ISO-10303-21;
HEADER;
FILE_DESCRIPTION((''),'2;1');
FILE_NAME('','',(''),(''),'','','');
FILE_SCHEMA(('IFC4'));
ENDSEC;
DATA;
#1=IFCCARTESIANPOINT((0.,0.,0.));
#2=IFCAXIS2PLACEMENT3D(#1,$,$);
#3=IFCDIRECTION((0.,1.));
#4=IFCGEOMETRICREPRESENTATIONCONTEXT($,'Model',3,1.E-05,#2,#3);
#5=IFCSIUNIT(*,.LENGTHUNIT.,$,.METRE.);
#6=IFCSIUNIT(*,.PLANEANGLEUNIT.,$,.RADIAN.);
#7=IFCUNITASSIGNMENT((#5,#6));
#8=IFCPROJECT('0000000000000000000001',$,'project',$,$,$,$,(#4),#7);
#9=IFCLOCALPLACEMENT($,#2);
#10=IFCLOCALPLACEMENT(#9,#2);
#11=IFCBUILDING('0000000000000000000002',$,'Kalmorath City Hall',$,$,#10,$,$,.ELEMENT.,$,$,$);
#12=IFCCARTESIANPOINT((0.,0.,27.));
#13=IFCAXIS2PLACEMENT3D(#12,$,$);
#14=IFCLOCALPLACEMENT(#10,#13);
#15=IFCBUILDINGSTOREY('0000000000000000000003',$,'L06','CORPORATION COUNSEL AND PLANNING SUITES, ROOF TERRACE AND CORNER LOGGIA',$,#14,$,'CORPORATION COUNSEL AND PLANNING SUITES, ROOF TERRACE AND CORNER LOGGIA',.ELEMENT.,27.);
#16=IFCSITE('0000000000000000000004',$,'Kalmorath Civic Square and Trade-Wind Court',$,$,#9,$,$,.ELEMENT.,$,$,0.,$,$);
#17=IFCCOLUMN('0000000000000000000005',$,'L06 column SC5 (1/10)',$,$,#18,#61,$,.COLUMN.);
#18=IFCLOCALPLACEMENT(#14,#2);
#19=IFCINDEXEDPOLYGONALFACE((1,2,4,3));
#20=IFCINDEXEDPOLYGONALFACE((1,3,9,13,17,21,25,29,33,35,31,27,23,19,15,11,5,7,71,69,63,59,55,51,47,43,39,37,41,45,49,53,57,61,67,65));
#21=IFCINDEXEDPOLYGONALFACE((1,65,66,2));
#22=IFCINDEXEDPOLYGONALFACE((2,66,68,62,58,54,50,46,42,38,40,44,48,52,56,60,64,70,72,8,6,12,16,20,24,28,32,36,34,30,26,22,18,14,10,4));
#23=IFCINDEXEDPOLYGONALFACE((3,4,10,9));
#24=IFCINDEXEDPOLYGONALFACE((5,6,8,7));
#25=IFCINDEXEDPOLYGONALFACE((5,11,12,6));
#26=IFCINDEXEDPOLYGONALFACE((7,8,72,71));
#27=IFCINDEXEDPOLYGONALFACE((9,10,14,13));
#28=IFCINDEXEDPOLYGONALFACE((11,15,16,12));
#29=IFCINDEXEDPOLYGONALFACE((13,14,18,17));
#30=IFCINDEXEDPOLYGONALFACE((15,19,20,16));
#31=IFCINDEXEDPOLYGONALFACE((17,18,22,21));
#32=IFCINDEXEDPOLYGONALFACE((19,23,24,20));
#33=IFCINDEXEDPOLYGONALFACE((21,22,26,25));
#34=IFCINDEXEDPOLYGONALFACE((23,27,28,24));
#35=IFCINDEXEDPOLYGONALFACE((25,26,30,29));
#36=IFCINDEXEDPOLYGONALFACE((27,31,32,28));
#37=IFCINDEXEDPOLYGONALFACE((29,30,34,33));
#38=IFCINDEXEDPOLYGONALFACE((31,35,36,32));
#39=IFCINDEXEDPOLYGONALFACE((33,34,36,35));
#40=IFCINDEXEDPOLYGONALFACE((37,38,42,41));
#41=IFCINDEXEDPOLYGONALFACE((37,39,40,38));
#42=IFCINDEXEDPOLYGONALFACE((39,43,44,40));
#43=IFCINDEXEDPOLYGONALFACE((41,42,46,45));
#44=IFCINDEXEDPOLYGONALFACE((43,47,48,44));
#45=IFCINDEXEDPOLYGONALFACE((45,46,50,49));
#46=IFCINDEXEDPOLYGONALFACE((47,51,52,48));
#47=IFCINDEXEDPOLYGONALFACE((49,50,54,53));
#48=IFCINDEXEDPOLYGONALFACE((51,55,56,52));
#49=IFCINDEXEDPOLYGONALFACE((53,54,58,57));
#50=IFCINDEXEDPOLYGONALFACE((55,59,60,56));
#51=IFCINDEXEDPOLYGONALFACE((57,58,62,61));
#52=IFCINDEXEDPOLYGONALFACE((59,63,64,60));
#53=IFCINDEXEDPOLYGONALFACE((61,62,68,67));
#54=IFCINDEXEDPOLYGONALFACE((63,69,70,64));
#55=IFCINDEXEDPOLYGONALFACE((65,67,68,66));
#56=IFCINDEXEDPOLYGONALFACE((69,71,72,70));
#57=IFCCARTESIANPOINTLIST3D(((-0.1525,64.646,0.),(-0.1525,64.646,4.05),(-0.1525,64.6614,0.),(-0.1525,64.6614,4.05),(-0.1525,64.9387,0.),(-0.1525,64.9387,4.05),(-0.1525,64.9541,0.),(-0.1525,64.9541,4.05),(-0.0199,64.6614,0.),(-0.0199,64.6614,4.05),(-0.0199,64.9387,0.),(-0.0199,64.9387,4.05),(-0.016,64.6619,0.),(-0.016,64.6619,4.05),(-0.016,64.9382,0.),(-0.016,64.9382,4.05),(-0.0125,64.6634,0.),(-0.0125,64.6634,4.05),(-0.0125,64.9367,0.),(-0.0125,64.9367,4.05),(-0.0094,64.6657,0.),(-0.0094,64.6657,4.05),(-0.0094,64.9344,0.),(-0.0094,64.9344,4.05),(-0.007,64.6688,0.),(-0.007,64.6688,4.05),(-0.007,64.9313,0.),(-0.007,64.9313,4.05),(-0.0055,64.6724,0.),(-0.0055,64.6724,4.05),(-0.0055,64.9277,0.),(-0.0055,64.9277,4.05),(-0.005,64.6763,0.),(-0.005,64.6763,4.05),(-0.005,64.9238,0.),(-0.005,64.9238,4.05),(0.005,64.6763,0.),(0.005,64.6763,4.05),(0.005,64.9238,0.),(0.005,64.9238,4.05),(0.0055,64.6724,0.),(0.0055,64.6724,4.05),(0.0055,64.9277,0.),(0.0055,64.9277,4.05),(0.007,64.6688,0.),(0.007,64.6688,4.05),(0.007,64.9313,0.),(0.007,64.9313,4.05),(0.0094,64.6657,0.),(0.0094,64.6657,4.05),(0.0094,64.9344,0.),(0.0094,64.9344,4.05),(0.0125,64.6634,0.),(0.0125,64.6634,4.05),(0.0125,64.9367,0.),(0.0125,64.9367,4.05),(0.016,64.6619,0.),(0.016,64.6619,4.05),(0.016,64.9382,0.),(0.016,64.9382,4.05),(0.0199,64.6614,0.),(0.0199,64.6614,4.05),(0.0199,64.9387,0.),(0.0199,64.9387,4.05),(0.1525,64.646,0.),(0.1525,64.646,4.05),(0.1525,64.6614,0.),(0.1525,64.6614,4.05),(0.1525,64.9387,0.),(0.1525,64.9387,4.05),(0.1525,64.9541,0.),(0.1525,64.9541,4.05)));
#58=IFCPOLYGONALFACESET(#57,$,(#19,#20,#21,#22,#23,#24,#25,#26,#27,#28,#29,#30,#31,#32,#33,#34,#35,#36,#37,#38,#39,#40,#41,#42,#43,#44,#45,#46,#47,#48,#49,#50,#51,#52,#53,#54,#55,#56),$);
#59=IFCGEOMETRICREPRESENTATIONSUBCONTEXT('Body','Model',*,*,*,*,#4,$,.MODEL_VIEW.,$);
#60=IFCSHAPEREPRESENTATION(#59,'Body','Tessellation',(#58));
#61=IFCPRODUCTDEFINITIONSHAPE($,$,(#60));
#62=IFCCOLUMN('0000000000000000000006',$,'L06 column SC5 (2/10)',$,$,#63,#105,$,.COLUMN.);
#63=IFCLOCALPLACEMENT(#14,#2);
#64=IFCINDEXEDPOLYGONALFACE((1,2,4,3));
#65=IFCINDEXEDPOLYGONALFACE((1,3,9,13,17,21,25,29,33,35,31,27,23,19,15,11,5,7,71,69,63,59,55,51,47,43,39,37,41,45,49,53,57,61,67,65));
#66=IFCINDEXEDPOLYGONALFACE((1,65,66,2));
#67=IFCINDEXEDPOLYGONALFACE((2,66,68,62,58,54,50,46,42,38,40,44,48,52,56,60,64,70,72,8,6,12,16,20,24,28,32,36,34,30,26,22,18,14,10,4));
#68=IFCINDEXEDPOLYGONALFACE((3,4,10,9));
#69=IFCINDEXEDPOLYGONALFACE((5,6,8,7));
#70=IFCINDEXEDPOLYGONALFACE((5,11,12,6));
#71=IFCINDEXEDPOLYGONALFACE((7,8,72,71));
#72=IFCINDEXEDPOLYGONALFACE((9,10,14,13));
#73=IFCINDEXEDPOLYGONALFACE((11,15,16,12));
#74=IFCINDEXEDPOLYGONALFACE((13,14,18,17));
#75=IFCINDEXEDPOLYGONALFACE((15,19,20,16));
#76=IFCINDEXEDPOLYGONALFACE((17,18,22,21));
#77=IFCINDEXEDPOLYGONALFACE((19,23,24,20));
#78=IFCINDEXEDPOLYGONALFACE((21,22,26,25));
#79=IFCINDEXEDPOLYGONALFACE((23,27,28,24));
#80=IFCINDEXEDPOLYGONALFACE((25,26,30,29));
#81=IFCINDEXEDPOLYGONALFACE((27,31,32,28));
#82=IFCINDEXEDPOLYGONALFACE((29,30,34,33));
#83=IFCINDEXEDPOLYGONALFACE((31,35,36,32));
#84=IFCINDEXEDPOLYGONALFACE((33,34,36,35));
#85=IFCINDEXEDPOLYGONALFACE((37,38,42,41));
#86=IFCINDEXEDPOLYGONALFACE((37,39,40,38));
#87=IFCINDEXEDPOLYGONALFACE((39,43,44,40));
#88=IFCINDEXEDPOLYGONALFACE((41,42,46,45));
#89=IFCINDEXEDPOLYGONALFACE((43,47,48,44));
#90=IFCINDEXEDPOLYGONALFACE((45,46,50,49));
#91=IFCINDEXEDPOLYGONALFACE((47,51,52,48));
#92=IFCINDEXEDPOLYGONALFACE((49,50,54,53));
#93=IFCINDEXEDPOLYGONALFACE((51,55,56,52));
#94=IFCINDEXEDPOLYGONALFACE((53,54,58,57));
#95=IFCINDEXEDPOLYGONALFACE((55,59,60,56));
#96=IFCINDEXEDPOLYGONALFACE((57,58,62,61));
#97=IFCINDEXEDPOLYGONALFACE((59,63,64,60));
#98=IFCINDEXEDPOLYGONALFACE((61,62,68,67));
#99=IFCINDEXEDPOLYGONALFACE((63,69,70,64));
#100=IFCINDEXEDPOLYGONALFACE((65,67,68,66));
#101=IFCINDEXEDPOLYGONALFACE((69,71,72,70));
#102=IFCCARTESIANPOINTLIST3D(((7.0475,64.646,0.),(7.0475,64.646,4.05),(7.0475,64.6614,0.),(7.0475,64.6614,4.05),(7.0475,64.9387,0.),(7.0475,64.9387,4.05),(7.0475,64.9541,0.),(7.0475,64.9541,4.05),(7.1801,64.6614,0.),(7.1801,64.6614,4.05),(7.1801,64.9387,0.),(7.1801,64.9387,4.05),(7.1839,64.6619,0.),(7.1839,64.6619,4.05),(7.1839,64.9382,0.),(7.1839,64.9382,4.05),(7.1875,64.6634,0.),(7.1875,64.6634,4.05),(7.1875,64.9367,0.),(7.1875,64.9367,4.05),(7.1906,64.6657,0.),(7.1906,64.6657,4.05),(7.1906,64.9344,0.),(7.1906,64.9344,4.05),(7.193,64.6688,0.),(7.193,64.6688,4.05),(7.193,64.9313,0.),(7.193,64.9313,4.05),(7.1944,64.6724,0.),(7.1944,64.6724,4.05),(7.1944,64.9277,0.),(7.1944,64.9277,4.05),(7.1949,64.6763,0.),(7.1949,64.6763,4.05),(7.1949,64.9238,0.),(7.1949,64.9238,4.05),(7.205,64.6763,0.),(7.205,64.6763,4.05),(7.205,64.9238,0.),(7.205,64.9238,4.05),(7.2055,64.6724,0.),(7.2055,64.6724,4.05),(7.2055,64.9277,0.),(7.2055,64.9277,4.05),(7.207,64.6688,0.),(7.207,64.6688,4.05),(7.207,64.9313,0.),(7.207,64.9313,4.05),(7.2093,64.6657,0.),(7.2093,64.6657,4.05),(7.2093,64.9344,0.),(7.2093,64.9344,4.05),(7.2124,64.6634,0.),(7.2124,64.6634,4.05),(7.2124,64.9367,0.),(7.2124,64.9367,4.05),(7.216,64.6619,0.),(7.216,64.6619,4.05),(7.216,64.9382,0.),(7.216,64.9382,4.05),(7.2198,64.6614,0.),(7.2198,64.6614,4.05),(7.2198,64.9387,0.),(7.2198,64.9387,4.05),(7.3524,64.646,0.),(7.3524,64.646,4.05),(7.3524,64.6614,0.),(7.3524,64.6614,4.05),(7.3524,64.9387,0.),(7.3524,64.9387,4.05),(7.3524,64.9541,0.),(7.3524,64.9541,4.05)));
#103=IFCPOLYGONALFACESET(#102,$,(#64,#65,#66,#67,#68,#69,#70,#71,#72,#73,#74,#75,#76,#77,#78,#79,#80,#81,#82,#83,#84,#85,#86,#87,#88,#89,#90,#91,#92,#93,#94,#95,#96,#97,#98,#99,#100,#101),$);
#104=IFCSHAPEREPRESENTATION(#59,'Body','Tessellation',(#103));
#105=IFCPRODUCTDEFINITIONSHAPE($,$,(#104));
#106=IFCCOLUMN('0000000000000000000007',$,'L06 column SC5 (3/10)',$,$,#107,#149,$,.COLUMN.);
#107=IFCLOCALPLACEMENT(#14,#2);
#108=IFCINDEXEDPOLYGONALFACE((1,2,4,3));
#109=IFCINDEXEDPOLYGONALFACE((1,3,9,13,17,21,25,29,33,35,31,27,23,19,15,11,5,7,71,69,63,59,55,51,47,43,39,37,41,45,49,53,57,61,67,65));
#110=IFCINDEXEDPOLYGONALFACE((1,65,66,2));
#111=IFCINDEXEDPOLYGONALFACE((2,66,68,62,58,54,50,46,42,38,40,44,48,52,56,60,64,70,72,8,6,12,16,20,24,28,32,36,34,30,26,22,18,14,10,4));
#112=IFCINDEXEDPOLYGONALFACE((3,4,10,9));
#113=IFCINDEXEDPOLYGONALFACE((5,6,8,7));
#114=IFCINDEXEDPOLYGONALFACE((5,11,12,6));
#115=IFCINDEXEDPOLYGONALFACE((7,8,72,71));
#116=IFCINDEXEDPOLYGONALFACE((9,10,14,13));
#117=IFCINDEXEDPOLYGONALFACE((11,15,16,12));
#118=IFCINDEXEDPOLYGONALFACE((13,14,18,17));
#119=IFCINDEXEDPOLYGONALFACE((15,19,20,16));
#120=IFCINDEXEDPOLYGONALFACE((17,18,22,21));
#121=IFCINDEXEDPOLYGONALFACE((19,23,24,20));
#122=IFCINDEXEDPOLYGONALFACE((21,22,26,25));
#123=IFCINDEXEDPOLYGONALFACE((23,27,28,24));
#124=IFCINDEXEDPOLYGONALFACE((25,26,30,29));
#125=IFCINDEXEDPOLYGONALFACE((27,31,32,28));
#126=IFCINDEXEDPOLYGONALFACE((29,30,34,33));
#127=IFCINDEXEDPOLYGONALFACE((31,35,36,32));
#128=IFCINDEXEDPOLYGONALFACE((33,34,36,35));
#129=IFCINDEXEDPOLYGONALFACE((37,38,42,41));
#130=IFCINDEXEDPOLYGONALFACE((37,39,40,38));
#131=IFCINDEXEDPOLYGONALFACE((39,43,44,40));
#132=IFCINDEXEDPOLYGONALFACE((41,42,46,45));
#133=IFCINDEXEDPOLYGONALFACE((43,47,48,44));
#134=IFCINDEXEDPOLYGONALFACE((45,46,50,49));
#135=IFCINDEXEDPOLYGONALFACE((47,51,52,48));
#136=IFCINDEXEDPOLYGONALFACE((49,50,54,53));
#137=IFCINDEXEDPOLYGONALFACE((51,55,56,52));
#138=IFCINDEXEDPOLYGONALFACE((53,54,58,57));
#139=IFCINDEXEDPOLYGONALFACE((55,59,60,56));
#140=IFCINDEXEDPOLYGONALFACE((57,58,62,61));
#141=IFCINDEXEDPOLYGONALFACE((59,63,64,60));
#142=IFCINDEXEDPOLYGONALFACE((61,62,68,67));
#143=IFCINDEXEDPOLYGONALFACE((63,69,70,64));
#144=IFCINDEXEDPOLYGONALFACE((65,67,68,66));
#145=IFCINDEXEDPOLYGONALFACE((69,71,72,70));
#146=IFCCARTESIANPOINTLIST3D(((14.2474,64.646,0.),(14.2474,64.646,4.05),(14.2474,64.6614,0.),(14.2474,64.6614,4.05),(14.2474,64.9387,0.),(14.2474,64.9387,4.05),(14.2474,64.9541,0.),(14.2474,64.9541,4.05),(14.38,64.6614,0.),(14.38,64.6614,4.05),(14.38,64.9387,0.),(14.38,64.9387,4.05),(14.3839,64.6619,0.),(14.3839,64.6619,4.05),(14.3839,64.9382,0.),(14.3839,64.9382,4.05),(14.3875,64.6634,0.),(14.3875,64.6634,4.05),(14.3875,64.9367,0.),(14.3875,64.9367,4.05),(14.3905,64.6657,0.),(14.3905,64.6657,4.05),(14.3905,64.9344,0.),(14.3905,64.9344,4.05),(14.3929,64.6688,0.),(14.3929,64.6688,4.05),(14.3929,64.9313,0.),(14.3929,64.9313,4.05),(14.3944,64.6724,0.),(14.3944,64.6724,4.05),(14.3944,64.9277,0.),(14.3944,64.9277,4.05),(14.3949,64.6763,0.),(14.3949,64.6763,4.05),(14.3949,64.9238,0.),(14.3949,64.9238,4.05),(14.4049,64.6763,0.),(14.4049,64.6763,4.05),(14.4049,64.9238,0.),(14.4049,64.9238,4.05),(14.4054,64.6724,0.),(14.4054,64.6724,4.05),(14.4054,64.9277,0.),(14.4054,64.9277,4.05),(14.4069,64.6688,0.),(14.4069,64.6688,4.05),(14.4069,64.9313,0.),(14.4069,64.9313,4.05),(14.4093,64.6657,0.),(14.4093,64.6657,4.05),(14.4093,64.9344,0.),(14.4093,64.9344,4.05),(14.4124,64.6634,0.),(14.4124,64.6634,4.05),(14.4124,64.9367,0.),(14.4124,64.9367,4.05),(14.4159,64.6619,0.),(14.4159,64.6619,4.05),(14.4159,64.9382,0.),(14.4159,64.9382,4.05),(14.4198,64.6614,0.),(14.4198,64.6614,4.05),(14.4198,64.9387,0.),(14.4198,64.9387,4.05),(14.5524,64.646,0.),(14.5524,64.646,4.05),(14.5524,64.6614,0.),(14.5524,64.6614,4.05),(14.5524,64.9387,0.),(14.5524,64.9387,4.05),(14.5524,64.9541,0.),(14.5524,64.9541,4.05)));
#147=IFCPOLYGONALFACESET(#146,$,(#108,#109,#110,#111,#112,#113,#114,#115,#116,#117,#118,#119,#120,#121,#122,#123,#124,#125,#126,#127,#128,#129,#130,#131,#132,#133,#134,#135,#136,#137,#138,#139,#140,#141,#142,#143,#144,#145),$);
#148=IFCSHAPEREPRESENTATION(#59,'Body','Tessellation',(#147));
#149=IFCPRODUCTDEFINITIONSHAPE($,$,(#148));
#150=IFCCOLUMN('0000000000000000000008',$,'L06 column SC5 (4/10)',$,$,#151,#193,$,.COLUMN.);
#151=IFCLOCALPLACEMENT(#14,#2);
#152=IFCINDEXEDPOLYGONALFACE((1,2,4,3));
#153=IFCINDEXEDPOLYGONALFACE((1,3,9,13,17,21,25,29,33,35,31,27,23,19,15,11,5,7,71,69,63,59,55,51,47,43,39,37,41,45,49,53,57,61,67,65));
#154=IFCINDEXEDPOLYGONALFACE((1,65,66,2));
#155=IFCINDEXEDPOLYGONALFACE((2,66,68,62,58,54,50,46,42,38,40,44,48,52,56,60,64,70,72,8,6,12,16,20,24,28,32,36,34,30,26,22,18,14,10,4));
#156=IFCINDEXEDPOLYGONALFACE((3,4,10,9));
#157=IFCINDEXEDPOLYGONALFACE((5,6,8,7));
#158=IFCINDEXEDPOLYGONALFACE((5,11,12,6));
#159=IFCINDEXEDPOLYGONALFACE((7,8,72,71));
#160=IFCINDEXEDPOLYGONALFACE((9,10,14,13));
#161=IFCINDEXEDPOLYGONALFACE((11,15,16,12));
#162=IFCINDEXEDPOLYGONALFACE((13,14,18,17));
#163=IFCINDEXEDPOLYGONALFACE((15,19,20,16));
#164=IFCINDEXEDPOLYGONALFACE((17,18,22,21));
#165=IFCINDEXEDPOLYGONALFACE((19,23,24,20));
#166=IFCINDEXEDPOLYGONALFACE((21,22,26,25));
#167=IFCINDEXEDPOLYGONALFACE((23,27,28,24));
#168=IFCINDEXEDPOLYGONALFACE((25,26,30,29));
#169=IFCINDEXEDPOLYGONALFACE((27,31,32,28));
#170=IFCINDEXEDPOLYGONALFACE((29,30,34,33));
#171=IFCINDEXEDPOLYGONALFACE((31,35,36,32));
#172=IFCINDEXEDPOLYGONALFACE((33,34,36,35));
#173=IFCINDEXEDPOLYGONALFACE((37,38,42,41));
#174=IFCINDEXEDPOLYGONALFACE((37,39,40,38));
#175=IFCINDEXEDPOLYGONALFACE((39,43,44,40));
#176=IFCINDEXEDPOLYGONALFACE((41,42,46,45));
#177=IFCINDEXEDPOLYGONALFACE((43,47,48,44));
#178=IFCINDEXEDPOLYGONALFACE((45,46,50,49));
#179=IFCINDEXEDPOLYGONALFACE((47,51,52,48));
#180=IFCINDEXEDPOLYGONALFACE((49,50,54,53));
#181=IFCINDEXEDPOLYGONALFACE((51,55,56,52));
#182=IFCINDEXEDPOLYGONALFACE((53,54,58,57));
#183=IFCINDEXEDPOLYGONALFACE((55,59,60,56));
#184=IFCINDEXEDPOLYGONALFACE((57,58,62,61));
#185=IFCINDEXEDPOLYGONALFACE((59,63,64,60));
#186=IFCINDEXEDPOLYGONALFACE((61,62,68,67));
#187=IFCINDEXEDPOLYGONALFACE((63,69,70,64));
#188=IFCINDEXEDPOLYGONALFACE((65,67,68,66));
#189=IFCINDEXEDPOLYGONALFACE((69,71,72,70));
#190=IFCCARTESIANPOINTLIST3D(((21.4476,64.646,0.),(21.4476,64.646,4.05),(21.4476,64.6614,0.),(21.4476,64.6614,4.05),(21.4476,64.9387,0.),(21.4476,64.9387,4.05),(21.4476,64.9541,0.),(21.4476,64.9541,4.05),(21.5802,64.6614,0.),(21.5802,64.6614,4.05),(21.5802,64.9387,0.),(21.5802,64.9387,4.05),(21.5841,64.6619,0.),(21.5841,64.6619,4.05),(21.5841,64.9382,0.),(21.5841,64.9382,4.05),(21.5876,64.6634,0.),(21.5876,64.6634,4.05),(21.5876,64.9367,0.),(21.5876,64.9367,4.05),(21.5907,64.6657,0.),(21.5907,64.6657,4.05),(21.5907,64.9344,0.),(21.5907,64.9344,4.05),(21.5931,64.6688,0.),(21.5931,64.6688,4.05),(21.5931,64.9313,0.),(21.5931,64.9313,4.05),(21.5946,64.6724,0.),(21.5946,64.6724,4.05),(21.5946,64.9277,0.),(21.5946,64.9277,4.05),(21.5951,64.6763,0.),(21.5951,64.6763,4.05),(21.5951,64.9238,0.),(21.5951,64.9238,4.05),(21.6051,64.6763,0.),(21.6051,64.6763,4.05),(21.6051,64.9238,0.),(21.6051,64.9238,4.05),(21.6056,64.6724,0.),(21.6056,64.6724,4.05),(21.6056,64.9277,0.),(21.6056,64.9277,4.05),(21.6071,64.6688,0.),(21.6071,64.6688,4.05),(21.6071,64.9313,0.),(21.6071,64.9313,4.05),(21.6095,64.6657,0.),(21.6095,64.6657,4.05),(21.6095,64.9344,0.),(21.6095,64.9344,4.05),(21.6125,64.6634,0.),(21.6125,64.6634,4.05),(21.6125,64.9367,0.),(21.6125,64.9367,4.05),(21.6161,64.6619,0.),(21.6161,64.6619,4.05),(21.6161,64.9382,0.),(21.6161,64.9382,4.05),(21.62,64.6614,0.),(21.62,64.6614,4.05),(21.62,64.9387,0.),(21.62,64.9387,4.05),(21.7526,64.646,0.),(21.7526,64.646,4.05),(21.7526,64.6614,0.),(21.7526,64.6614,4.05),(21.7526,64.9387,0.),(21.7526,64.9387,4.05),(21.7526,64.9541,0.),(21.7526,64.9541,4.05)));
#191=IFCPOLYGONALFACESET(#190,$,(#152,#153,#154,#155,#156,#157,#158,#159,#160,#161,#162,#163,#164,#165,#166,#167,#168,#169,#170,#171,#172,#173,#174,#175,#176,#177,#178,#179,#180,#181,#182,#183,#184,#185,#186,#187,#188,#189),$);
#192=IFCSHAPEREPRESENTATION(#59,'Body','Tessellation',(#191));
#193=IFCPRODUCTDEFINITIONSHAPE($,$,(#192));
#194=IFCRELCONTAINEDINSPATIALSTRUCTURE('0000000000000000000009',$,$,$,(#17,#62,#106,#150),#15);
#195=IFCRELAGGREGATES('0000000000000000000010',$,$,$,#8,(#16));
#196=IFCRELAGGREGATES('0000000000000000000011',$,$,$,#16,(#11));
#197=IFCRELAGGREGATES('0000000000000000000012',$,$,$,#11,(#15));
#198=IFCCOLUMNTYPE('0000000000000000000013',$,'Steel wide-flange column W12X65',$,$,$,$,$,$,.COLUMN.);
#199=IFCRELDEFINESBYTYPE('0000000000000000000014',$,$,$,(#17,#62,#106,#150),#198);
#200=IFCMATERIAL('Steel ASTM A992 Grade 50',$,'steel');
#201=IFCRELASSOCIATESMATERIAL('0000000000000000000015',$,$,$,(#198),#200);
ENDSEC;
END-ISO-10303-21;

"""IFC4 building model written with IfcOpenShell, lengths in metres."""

from ifc_helpers import new_model, si_unit, direction, frame, origin, origin_2d, place, context, subcontext, project, spatial, i_section, extrude, material, material_profile, profile_set, type_object, element, save


model = new_model("IFC4")

# Units and contexts
model_context = context("Model", 3, precision=1e-05, world=origin(), true_north=direction((0.0, 1.0)))
body_context = subcontext(model_context, "Body", "Model", "MODEL_VIEW")
ifc_project = project(units=[si_unit("LENGTHUNIT", "METRE"), si_unit("PLANEANGLEUNIT", "RADIAN")], contexts=[model_context])

# Site, building, storey
site_placement = place(None, origin())
site = spatial("IfcSite", under=ifc_project, at=site_placement, Name="Kalmorath Civic Square and Trade-Wind Court", CompositionType="ELEMENT", RefElevation=0.0)
building_placement = place(site_placement, origin())
building = spatial("IfcBuilding", under=site, at=building_placement, Name="Kalmorath City Hall", CompositionType="ELEMENT")
storey_placement = place(building_placement, frame((0.0, 0.0, 27.0)))
storey = spatial("IfcBuildingStorey", under=building, at=storey_placement, Name="L06", Description="CORPORATION COUNSEL AND PLANNING SUITES, ROOF TERRACE AND CORNER LOGGIA", LongName="CORPORATION COUNSEL AND PLANNING SUITES, ROOF TERRACE AND CORNER LOGGIA", CompositionType="ELEMENT", Elevation=27.0)

# Columns
ifc_material_1 = material(Name="Steel ASTM A992 Grade 50", Category="steel")
ifc_material_profile_1 = material_profile(ifc_material_1, i_section(OverallWidth=0.3049, OverallDepth=0.3081, WebThickness=0.01, FlangeThickness=0.0154, FilletRadius=0.0149, at=origin_2d()), Name="W12X65")
ifc_profile_set_1 = profile_set([ifc_material_profile_1], Name="Steel ASTM A992 Grade 50")
column_type_1 = type_object("IfcColumnType", Name="Steel wide-flange column W12X65", PredefinedType="COLUMN", material=ifc_profile_set_1)
for number, where, z_axis, x_axis, name in (
    (1, (0.0, 64.8, 0.0), (0.0, 0.0, 1.0), (1.0, 0.0, 0.0), "L06 column SC5 (1/10)"),
    (2, (7.2, 64.8, 0.0), (0.0, 0.0, 1.0), (1.0, 0.0, 0.0), "L06 column SC5 (2/10)"),
    (3, (14.3999, 64.8, 0.0), (0.0, 0.0, 1.0), (1.0, 0.0, 0.0), "L06 column SC5 (3/10)"),
    (4, (21.6001, 64.8, 0.0), (0.0, 0.0, 1.0), (1.0, 0.0, 0.0), "L06 column SC5 (4/10)"),
):
    element("IfcColumn", number, at=place(storey_placement, frame(where, z_axis=z_axis, x_axis=x_axis)), inside=storey, type_object=column_type_1, Name=name, PredefinedType="COLUMN", context=body_context, shape_type="SweptSolid", body=[
        extrude(i_section(OverallWidth=0.3049, OverallDepth=0.3081, WebThickness=0.01, FlangeThickness=0.0154, FilletRadius=0.0149, at=origin_2d()), origin(), (0.0, 0.0, 1.0), 4.05),
    ])

save(model, "model.ifc")
